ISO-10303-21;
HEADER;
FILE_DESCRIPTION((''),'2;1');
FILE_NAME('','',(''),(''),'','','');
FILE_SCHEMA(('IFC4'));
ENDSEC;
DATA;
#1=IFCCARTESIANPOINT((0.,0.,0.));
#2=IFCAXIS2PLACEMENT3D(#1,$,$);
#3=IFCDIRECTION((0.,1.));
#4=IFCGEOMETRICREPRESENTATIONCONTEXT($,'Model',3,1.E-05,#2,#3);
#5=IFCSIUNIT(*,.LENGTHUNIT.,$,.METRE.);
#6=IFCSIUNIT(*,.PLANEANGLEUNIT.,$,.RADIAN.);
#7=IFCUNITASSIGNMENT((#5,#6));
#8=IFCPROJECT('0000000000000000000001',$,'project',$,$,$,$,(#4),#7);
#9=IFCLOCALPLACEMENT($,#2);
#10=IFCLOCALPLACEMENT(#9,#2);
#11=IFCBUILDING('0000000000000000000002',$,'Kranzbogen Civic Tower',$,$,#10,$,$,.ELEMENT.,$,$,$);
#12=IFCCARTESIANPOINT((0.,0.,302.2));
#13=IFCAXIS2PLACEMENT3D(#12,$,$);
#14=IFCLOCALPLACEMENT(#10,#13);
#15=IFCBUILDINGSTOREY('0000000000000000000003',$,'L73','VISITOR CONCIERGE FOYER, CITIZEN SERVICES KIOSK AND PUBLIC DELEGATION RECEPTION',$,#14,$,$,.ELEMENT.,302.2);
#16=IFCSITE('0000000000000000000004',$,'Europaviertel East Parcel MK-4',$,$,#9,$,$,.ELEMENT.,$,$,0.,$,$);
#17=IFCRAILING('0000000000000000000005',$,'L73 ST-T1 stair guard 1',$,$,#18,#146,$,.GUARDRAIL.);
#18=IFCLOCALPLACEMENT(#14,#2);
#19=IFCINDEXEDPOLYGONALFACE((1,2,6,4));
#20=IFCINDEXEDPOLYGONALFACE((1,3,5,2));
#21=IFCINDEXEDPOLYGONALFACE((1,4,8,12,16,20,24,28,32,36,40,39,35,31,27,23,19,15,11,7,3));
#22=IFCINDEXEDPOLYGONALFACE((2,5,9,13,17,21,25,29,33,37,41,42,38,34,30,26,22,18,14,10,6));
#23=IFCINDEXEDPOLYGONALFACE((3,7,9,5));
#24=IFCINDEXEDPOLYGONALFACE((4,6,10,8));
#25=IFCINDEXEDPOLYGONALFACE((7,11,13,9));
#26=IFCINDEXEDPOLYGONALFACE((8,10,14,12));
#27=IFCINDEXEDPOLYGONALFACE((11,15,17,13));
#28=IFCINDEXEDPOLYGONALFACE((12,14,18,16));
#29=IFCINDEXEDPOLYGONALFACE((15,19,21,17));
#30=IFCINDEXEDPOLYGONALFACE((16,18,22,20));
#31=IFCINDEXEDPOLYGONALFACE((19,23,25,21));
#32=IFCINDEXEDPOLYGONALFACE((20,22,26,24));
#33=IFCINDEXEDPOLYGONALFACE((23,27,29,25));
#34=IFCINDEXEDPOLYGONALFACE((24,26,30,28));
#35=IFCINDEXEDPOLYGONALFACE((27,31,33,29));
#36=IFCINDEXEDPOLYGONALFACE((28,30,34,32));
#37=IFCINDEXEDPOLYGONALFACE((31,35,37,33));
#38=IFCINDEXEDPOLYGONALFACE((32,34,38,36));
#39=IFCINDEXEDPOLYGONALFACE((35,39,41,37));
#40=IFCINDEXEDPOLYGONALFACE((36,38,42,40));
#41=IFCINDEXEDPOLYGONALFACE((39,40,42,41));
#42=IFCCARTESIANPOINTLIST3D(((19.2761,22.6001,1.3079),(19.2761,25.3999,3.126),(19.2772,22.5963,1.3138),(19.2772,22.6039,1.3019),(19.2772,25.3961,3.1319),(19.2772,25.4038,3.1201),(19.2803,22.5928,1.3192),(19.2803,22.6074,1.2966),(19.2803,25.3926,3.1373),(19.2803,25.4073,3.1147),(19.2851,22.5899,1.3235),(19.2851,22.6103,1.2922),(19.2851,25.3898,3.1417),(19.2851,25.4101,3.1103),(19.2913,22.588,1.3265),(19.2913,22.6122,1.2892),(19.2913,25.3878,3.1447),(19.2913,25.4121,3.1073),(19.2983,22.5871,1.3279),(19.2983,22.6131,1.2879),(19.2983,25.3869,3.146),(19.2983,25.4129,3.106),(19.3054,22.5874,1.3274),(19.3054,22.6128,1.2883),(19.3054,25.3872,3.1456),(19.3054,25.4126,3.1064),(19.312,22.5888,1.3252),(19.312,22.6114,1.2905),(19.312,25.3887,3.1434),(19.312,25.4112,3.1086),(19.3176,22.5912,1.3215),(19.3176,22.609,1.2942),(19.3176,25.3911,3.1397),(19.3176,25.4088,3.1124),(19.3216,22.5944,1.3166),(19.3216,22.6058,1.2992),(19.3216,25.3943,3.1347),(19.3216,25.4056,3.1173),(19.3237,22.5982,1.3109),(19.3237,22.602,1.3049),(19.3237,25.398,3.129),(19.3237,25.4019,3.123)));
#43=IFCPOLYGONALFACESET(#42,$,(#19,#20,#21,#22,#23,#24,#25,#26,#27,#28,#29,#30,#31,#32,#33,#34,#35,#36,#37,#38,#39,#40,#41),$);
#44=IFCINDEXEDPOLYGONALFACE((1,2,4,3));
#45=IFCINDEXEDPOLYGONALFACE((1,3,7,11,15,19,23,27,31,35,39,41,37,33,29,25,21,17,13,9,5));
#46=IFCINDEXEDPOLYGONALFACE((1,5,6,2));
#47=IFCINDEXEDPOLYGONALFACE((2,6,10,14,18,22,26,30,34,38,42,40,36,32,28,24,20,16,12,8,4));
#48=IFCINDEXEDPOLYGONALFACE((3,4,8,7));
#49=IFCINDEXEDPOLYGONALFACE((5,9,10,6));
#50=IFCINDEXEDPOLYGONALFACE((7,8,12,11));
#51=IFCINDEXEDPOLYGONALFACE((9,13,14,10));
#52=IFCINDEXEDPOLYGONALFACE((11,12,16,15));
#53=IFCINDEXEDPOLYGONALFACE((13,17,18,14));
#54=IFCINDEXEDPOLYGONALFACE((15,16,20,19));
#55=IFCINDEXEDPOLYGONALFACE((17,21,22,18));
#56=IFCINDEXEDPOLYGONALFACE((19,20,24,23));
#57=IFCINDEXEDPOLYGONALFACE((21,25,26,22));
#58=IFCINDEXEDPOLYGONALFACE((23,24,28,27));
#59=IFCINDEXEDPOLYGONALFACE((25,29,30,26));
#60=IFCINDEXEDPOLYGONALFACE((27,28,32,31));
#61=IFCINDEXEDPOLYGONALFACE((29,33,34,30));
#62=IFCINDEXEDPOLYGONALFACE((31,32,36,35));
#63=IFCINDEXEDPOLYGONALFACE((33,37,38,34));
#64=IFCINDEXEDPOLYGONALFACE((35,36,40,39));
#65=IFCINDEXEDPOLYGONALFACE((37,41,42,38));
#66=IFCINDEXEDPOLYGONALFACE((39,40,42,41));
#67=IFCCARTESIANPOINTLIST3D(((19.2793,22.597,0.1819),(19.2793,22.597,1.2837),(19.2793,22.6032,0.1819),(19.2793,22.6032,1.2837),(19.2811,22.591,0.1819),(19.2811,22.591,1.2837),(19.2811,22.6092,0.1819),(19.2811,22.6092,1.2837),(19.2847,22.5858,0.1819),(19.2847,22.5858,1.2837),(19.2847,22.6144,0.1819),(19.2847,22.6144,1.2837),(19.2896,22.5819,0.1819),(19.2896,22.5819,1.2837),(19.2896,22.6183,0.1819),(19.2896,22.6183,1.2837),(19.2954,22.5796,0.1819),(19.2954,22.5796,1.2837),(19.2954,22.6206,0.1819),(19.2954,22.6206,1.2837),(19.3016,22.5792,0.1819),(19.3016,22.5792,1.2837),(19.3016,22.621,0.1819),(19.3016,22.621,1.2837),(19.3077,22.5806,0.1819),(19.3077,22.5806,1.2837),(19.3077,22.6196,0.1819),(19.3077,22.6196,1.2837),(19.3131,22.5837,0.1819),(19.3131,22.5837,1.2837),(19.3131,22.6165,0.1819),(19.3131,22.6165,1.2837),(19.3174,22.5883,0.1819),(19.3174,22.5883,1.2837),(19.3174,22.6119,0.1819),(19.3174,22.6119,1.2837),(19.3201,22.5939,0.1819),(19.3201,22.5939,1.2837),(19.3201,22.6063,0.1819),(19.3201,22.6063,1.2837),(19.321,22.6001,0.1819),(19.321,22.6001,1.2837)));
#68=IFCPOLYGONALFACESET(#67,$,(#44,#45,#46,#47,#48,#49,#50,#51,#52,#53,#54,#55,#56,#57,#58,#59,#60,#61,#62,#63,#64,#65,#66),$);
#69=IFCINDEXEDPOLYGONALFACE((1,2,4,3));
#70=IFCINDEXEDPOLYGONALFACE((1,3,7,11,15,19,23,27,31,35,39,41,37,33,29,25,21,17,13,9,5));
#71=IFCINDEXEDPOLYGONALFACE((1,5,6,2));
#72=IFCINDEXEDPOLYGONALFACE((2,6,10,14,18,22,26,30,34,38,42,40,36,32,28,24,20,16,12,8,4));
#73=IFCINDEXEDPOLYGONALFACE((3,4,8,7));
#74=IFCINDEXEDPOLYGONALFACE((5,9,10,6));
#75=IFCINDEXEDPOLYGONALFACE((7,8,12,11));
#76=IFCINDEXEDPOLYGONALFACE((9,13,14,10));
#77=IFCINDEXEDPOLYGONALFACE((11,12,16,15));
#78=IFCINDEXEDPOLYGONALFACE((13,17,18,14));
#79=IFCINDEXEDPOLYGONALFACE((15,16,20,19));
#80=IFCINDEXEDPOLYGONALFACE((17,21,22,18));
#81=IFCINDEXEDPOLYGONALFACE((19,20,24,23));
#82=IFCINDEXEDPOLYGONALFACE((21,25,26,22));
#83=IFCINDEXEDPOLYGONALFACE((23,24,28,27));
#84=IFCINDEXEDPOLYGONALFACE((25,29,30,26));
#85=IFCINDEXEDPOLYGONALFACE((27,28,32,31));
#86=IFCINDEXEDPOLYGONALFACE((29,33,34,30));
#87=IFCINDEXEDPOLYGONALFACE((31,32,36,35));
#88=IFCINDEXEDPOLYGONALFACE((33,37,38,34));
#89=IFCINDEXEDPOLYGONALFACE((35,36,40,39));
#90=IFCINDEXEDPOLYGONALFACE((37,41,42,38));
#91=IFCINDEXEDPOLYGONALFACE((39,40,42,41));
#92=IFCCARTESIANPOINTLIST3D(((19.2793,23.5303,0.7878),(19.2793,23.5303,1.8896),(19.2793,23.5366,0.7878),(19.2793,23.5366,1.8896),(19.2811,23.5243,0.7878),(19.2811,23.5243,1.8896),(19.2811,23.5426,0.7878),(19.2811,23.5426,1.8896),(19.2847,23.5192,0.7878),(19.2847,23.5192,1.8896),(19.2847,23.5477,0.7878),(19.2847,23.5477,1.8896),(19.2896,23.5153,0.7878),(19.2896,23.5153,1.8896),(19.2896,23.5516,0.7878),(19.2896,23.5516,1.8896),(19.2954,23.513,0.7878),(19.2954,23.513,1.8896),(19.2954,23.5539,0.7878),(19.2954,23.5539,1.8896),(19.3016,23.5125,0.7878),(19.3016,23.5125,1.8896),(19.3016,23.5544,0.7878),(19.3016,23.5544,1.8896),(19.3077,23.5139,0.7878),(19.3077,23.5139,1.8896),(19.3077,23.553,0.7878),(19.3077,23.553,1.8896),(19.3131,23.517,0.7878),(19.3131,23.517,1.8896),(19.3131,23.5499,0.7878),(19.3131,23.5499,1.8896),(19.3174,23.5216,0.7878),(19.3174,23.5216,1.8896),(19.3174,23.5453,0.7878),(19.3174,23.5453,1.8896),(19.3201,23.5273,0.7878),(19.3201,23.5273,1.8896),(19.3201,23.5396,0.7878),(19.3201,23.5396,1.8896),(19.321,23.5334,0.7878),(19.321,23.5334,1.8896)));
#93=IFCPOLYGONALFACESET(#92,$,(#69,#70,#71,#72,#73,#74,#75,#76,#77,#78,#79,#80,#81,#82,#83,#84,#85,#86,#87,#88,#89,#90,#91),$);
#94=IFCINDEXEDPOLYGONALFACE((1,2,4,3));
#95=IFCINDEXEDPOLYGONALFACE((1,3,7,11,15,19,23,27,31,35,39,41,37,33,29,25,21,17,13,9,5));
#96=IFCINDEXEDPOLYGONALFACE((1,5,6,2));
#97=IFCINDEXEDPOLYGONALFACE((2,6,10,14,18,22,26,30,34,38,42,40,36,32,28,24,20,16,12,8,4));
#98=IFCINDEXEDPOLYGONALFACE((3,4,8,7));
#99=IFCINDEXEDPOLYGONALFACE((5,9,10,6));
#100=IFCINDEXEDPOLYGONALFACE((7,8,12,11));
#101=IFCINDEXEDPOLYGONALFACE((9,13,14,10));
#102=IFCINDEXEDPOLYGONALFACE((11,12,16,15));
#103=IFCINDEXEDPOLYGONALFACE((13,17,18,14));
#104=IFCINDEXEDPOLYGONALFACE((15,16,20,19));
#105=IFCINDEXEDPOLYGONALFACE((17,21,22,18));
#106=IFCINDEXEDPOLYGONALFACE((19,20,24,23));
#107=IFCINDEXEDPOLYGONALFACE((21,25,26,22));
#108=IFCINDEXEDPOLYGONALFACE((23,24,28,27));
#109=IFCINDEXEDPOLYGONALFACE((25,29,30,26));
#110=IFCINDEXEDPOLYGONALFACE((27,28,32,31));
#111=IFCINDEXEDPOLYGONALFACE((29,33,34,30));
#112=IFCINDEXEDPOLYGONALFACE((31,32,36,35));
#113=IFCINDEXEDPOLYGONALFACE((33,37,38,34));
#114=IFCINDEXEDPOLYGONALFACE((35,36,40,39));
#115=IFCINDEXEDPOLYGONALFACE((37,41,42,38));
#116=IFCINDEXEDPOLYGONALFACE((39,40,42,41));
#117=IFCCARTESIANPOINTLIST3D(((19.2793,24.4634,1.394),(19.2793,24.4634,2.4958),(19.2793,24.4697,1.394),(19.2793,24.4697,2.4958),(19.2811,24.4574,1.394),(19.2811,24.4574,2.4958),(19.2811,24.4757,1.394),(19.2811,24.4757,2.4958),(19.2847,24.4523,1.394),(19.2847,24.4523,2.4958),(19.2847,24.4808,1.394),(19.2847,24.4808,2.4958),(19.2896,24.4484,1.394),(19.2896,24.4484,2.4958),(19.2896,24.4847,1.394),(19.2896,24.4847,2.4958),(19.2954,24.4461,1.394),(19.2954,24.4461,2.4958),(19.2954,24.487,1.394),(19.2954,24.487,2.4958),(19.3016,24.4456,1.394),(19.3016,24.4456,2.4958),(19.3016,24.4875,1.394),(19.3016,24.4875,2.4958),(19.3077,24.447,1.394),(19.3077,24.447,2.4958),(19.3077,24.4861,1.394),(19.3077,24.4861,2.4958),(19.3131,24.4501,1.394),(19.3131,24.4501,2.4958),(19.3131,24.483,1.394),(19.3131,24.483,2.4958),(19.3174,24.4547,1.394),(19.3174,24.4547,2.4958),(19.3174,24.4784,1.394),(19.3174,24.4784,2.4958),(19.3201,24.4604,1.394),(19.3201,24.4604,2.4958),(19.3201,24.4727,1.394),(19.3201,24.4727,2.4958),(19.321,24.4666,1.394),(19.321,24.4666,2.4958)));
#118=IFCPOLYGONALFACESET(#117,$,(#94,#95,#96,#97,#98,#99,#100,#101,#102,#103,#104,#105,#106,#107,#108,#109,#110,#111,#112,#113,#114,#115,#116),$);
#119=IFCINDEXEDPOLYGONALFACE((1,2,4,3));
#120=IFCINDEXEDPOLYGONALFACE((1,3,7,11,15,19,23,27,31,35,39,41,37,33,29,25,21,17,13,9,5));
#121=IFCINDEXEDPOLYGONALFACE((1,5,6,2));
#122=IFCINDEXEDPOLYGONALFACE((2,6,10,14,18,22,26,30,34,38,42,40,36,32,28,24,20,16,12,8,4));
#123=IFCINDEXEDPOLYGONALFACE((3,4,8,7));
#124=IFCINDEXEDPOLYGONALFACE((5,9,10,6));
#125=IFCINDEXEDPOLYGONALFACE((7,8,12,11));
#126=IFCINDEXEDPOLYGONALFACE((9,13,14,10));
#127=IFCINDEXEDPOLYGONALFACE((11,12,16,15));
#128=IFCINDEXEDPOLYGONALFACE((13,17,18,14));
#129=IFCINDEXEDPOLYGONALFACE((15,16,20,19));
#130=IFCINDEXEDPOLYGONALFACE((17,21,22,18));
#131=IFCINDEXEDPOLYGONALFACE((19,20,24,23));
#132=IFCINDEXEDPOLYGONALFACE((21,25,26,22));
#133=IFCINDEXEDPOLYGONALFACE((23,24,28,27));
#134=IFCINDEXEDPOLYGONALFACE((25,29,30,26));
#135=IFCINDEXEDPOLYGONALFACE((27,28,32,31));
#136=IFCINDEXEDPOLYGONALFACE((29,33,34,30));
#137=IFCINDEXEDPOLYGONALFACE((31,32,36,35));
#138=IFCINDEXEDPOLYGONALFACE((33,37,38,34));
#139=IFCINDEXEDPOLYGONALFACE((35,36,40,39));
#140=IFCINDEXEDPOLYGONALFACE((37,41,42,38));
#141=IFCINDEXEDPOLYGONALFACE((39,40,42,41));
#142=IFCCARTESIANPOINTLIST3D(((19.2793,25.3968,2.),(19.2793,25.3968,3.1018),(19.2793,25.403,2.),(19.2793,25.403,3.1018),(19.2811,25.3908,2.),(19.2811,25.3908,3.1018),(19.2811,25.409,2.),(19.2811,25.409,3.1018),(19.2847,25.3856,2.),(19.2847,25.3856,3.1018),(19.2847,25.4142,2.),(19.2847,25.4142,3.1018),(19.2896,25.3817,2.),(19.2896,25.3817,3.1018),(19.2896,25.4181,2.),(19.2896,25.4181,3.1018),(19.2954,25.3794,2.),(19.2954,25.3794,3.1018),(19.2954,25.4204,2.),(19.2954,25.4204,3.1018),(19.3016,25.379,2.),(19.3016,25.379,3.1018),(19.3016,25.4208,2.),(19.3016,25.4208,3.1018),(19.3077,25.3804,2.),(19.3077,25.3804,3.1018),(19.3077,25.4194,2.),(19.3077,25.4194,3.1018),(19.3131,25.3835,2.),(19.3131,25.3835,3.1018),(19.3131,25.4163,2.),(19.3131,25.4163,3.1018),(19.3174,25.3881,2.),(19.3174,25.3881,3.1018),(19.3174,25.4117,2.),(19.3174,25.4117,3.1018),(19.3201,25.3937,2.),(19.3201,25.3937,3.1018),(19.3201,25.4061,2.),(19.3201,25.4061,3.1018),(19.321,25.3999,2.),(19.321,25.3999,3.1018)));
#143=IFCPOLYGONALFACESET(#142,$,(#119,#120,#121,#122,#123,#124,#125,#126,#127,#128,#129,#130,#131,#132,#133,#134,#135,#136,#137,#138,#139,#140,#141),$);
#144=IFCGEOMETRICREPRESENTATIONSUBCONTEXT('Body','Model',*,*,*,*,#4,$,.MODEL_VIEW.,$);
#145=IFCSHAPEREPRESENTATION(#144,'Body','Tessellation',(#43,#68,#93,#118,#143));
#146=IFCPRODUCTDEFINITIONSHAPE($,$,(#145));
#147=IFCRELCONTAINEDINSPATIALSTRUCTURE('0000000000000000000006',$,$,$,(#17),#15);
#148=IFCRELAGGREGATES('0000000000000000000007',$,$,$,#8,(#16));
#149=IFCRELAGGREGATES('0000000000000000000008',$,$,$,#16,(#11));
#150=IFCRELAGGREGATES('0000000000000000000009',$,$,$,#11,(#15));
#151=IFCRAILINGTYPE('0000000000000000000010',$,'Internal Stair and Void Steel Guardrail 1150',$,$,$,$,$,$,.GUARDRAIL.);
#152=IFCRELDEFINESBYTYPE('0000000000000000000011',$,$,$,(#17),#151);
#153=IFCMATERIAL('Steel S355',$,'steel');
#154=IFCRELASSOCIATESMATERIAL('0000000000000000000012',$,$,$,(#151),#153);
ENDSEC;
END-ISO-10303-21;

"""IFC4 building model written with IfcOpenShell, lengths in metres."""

from ifc_helpers import new_model, si_unit, direction, frame, origin, origin_2d, place, context, subcontext, project, spatial, circle, extrude, material, type_object, element, save


model = new_model("IFC4")

# Units and contexts
model_context = context("Model", 3, precision=1e-05, world=origin(), true_north=direction((0.0, 1.0)))
body_context = subcontext(model_context, "Body", "Model", "MODEL_VIEW")
ifc_project = project(units=[si_unit("LENGTHUNIT", "METRE"), si_unit("PLANEANGLEUNIT", "RADIAN")], contexts=[model_context])

# Site, building, storey
site_placement = place(None, origin())
site = spatial("IfcSite", under=ifc_project, at=site_placement, Name="Europaviertel East Parcel MK-4", CompositionType="ELEMENT", RefElevation=0.0)
building_placement = place(site_placement, origin())
building = spatial("IfcBuilding", under=site, at=building_placement, Name="Kranzbogen Civic Tower", CompositionType="ELEMENT")
storey_placement = place(building_placement, frame((0.0, 0.0, 302.2)))
storey = spatial("IfcBuildingStorey", under=building, at=storey_placement, Name="L73", Description="VISITOR CONCIERGE FOYER, CITIZEN SERVICES KIOSK AND PUBLIC DELEGATION RECEPTION", CompositionType="ELEMENT", Elevation=302.2)

# Shared definitions
ifc_material_1 = material(Name="Steel S355", Category="steel")

# Railing
railing_type_1 = type_object("IfcRailingType", Name="Internal Stair and Void Steel Guardrail 1150", PredefinedType="GUARDRAIL", material=ifc_material_1)
railing_1_placement = place(storey_placement, frame((19.3, 22.6001, 0.1819)))
element("IfcRailing", 1, at=railing_1_placement, inside=storey, type_object=railing_type_1, Name="L73 ST-T1 stair guard 1", PredefinedType="GUARDRAIL", context=body_context, shape_type="SweptSolid", body=[
    extrude(circle(Radius=0.0239, at=origin_2d()), frame((0.0, 0.0, 1.126), z_axis=(0.0, 0.838684, 0.544618), x_axis=(-1.0, 0.0, 0.0)), (0.0, 0.0, 1.0), 3.3384),
    extrude(circle(Radius=0.021, at=origin_2d()), origin(), (0.0, 0.0, 1.0), 1.1018),
    extrude(circle(Radius=0.021, at=origin_2d()), frame((0.0, 0.9333, 0.606)), (0.0, 0.0, 1.0), 1.1018),
    extrude(circle(Radius=0.021, at=origin_2d()), frame((0.0, 1.8665, 1.2122)), (0.0, 0.0, 1.0), 1.1018),
    extrude(circle(Radius=0.021, at=origin_2d()), frame((0.0, 2.7998, 1.8181)), (0.0, 0.0, 1.0), 1.1018),
])

save(model, "model.ifc")
